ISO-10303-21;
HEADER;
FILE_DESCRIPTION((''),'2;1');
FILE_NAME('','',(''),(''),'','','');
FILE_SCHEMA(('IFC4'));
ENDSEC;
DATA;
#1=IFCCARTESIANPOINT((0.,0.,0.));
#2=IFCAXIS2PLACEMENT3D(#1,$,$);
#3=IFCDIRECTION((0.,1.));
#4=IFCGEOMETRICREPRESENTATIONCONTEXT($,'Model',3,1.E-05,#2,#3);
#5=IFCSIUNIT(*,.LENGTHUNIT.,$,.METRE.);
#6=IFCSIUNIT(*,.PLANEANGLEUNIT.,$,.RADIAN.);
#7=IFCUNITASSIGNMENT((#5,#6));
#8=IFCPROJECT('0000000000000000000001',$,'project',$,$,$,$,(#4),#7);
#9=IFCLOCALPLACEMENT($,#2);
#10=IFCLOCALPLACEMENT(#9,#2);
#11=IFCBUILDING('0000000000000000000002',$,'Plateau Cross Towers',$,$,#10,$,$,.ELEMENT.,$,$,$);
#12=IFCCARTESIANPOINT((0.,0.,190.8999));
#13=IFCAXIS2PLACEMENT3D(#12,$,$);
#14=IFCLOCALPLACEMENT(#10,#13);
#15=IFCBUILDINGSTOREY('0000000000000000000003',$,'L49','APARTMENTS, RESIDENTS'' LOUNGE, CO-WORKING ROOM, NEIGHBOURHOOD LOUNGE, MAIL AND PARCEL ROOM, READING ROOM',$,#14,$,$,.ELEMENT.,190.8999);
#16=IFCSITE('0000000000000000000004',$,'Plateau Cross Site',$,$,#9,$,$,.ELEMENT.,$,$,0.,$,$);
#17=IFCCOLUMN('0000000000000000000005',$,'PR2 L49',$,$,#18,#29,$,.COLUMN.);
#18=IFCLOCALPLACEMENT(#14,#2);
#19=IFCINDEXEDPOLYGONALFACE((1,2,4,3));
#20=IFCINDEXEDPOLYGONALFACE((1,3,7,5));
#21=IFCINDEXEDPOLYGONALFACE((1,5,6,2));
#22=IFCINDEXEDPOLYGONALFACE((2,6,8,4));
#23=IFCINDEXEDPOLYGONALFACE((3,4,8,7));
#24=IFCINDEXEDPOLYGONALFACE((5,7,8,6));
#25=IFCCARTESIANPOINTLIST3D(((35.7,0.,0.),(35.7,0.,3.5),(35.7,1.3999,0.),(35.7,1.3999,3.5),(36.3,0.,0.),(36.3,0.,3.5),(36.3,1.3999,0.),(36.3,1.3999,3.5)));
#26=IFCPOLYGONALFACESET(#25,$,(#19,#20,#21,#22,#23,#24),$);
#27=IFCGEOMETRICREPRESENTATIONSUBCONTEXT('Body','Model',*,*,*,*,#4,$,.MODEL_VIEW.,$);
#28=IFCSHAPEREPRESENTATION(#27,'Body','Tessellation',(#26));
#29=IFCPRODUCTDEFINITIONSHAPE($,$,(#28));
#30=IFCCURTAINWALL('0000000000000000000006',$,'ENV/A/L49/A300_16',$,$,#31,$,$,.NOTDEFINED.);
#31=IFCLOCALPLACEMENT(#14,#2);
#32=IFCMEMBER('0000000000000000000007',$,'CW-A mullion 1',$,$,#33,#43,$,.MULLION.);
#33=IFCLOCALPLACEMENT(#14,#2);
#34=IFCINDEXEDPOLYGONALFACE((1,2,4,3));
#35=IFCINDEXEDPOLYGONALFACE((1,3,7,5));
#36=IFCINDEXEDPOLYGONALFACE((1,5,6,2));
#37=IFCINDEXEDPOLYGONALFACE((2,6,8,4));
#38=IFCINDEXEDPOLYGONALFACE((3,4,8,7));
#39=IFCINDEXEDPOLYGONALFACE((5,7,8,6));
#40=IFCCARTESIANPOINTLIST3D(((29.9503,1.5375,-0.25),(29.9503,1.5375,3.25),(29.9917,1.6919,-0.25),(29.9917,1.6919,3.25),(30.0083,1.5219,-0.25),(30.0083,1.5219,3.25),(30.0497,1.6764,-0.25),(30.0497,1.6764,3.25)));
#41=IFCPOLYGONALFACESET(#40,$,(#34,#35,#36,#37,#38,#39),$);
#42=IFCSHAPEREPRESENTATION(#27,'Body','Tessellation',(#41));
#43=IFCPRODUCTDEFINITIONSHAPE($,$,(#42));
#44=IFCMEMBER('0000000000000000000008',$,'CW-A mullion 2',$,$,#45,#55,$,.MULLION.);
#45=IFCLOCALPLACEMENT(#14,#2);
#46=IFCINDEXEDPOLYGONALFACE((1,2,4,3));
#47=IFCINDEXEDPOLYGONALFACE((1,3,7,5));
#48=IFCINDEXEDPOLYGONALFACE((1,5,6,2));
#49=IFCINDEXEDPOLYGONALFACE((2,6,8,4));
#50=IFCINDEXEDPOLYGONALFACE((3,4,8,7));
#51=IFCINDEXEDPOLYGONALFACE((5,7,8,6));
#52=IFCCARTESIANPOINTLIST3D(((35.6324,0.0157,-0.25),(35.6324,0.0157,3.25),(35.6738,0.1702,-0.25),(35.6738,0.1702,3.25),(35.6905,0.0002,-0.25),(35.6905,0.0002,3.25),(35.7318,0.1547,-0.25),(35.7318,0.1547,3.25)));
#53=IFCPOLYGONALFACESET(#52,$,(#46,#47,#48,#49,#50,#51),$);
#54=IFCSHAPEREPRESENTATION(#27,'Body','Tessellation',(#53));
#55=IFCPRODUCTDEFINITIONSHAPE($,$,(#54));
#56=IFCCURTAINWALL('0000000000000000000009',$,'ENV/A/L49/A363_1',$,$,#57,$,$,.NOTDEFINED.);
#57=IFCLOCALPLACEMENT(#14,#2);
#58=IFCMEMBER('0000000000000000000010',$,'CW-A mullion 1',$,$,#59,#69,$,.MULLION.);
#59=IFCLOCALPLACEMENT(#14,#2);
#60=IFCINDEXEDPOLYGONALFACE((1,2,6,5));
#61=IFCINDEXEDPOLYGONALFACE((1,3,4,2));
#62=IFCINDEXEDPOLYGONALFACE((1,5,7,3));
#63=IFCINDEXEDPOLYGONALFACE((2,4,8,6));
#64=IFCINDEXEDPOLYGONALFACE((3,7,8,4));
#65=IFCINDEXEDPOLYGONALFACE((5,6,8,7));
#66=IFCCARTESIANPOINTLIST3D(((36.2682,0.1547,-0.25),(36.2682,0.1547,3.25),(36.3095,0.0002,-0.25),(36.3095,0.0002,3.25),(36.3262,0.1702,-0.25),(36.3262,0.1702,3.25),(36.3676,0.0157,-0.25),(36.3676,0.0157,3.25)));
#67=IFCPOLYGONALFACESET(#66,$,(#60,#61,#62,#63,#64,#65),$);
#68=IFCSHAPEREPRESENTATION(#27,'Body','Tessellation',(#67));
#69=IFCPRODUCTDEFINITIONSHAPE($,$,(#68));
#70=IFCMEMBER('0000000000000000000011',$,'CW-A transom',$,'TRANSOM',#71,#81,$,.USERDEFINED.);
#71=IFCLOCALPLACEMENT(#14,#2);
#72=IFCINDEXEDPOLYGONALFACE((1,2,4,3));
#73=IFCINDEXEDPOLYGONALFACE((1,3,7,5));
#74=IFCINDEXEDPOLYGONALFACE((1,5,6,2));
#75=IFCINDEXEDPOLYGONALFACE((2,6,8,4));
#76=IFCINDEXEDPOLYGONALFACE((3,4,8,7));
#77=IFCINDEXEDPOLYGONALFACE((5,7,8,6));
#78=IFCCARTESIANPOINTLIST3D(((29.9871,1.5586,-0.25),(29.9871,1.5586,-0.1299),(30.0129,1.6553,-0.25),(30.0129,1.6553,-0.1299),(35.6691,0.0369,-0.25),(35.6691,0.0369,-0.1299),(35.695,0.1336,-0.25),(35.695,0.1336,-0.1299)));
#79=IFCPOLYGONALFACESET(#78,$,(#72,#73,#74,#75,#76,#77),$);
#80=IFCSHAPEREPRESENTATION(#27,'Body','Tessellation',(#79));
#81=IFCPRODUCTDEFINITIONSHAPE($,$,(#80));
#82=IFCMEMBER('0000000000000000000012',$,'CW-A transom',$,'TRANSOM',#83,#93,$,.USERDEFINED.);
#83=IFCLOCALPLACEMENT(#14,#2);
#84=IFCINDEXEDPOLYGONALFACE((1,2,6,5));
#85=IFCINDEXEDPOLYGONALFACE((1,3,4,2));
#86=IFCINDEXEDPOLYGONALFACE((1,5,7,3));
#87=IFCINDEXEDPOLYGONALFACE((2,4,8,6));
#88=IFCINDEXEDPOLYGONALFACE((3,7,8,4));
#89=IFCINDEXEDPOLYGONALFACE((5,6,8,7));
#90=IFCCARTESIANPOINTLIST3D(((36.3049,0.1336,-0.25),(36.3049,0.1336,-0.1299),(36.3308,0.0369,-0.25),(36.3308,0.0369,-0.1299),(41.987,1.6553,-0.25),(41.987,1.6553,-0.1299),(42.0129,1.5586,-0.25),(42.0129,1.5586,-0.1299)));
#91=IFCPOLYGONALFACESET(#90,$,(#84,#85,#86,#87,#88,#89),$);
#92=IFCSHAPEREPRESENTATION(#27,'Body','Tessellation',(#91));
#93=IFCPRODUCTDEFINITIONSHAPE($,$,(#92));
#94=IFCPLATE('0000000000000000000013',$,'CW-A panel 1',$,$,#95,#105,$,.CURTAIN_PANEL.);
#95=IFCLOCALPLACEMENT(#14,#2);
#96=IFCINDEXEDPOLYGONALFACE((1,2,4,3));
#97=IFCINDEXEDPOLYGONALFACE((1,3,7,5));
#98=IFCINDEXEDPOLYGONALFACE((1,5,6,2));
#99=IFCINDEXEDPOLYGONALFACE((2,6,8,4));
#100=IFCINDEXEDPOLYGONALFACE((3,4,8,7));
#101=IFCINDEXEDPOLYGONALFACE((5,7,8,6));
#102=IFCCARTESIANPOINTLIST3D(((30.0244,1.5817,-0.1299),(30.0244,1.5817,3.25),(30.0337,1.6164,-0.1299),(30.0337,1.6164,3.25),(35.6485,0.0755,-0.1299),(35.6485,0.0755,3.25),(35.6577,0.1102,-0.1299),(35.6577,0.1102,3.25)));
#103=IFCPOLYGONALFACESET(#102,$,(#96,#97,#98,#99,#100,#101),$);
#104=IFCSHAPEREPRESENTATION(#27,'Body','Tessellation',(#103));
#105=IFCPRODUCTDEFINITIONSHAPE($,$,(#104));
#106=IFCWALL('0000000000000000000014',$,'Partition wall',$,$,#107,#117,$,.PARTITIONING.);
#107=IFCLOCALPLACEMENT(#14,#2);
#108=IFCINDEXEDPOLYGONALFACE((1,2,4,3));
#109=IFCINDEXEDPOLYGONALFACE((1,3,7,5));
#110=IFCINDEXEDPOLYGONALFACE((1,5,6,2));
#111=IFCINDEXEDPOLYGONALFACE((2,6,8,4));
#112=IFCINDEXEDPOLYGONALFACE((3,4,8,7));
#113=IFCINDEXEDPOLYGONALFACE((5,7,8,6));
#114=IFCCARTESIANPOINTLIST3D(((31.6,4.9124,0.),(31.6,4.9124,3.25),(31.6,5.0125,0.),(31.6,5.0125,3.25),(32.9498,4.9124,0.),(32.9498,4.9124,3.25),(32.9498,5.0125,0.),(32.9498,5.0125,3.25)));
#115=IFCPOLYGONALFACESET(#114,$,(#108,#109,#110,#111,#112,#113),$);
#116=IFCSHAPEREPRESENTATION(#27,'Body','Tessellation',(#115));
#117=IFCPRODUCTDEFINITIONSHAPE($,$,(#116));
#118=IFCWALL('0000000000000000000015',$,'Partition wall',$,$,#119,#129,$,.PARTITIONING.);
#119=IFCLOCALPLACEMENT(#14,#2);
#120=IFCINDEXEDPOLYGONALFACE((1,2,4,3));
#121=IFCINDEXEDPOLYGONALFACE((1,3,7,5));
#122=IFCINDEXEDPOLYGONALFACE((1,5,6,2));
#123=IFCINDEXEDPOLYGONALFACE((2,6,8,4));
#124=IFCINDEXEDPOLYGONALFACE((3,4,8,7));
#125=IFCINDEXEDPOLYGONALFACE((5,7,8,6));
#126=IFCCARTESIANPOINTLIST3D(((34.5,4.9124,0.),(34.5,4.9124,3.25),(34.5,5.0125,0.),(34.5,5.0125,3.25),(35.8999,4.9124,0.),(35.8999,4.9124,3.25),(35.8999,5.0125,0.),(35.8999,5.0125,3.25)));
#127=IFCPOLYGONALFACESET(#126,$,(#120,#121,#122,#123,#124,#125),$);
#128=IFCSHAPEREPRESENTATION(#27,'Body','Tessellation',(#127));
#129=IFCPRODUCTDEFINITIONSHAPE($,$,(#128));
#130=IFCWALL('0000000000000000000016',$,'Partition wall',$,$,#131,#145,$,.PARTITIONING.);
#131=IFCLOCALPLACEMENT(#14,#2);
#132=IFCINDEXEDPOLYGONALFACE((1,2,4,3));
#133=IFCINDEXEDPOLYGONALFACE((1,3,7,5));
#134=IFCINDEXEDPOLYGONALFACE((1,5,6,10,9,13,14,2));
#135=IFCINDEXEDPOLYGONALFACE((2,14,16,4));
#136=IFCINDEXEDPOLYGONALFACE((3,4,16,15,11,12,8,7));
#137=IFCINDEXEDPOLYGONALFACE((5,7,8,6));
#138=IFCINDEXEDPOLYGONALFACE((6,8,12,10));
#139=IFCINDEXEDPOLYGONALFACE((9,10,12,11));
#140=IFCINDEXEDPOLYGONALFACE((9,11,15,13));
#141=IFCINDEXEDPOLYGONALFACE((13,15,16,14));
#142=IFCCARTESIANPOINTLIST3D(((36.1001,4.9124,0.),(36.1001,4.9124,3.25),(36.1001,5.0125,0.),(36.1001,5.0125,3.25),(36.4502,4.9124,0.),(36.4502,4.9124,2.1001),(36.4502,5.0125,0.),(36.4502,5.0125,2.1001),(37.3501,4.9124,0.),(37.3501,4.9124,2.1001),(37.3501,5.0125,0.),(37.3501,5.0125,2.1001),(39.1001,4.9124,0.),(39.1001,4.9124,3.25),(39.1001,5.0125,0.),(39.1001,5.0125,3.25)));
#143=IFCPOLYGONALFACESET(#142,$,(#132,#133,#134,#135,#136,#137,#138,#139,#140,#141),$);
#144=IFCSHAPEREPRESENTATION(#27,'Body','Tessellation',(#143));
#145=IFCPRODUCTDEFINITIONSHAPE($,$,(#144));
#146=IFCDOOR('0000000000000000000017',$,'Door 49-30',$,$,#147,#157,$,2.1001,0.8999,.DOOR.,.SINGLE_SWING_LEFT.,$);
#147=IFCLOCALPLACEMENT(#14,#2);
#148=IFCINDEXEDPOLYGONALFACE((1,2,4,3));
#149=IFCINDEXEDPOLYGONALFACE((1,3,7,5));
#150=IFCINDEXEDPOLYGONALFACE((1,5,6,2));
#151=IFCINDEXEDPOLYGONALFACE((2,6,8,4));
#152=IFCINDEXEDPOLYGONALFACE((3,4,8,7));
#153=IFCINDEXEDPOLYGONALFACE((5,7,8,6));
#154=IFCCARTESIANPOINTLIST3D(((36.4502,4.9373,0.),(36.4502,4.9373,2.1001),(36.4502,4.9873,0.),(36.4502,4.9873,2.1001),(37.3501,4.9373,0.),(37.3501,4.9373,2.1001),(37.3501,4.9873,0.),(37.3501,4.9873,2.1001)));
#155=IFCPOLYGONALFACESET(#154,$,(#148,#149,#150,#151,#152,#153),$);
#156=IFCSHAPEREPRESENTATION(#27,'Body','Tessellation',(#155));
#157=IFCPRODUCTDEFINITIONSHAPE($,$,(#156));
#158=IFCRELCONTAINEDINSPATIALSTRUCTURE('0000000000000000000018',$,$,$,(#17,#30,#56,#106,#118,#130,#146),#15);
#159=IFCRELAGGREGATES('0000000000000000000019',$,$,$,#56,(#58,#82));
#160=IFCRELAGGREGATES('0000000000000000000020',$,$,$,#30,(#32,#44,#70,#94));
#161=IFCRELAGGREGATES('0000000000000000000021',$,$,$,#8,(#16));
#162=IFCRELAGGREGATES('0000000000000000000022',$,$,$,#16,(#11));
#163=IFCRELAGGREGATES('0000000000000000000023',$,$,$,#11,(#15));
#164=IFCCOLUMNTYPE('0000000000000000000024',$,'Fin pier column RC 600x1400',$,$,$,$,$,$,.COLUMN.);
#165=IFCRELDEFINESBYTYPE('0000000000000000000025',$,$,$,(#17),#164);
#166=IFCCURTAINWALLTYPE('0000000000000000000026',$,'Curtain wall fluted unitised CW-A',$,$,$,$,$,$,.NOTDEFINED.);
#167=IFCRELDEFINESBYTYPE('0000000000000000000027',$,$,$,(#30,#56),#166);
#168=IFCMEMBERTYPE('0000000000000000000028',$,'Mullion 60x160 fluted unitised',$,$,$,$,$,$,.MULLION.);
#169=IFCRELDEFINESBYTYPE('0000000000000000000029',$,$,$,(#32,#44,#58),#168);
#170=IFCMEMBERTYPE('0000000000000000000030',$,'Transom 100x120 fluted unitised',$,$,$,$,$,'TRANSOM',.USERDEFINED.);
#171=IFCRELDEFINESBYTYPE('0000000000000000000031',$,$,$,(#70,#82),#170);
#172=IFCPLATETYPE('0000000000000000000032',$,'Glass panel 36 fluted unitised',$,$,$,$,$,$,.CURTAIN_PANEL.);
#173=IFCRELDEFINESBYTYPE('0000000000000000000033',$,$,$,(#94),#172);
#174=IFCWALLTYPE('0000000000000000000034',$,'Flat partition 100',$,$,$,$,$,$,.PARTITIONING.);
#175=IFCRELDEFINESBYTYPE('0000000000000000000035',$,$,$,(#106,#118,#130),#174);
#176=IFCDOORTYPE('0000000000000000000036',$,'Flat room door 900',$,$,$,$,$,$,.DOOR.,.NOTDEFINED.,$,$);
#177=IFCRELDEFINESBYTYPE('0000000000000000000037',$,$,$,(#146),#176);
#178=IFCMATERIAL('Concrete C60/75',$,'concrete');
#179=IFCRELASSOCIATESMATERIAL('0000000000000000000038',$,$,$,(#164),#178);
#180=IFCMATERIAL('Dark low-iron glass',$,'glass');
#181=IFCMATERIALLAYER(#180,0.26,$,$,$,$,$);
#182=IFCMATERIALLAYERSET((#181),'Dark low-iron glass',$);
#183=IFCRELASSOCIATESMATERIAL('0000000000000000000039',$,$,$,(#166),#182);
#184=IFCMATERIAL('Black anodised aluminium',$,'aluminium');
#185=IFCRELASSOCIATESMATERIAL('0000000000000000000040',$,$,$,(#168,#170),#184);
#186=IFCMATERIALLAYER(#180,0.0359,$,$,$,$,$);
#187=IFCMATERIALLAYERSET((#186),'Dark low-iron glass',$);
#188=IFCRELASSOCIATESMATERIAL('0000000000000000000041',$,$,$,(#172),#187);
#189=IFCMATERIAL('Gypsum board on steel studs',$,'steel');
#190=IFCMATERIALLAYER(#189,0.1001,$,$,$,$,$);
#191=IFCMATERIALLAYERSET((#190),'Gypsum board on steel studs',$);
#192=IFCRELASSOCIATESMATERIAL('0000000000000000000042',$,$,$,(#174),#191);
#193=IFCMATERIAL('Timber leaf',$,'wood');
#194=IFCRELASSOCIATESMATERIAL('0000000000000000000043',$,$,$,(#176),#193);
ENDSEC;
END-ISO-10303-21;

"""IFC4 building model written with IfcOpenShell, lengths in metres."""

from ifc_helpers import new_model, si_unit, direction, frame, frame_2d, origin, origin_2d, place, context, subcontext, project, spatial, rectangle, extrude, material, layer, layer_set, material_profile, profile_set, type_object, element, fill, aggregate, save


model = new_model("IFC4")

# Units and contexts
model_context = context("Model", 3, precision=1e-05, world=origin(), true_north=direction((0.0, 1.0)))
body_context = subcontext(model_context, "Body", "Model", "MODEL_VIEW")
ifc_project = project(units=[si_unit("LENGTHUNIT", "METRE"), si_unit("PLANEANGLEUNIT", "RADIAN")], contexts=[model_context])

# Site, building, storey
site_placement = place(None, origin())
site = spatial("IfcSite", under=ifc_project, at=site_placement, Name="Plateau Cross Site", CompositionType="ELEMENT", RefElevation=0.0)
building_placement = place(site_placement, origin())
building = spatial("IfcBuilding", under=site, at=building_placement, Name="Plateau Cross Towers", CompositionType="ELEMENT")
storey_placement = place(building_placement, frame((0.0, 0.0, 190.8999)))
storey = spatial("IfcBuildingStorey", under=building, at=storey_placement, Name="L49", Description="APARTMENTS, RESIDENTS' LOUNGE, CO-WORKING ROOM, NEIGHBOURHOOD LOUNGE, MAIL AND PARCEL ROOM, READING ROOM", CompositionType="ELEMENT", Elevation=190.8999)

# Column
ifc_material_1 = material(Name="Concrete C60/75", Category="concrete")
ifc_material_profile_1 = material_profile(ifc_material_1, rectangle(XDim=0.6001, YDim=1.3999, at=origin_2d()), Name="RC 600x1400")
ifc_profile_set_1 = profile_set([ifc_material_profile_1], Name="Concrete C60/75")
column_type = type_object("IfcColumnType", Name="Fin pier column RC 600x1400", PredefinedType="COLUMN", material=ifc_profile_set_1)
column_placement = place(storey_placement, frame((36.0, 0.7, 0.0), z_axis=(0.0, 0.0, 1.0), x_axis=(1.0, 0.0, 0.0)))
element("IfcColumn", 1, at=column_placement, inside=storey, type_object=column_type, Name="PR2 L49", PredefinedType="COLUMN", context=body_context, shape_type="SweptSolid", body=[
    extrude(rectangle(XDim=0.6001, YDim=1.3999, at=origin_2d()), origin(), (0.0, 0.0, 1.0), 3.5),
])

# Curtain wall, members
ifc_material_2 = material(Name="Dark low-iron glass", Category="glass")
ifc_layer_1 = layer(ifc_material_2, 0.26)
ifc_layer_set_1 = layer_set([ifc_layer_1], Name="Dark low-iron glass")
curtain_wall_type = type_object("IfcCurtainWallType", Name="Curtain wall fluted unitised CW-A", PredefinedType="NOTDEFINED", material=ifc_layer_set_1)
curtain_wall_1_placement = place(storey_placement, origin())
curtain_wall_1 = element("IfcCurtainWall", 2, at=curtain_wall_1_placement, inside=storey, type_object=curtain_wall_type, Name="ENV/A/L49/A300_16", PredefinedType="NOTDEFINED")
ifc_material_3 = material(Name="Black anodised aluminium", Category="aluminium")
ifc_material_profile_2 = material_profile(ifc_material_3, rectangle(XDim=0.0601, YDim=0.1599, at=origin_2d()), Name="MULLION 60x160")
ifc_profile_set_2 = profile_set([ifc_material_profile_2], Name="Black anodised aluminium")
member_type_1 = type_object("IfcMemberType", Name="Mullion 60x160 fluted unitised", PredefinedType="MULLION", material=ifc_profile_set_2)
member_1_placement = place(storey_placement, frame((30.0, 1.6069, -0.25), z_axis=(0.0, 0.0, 1.0), x_axis=(0.965958, -0.258699, 0.0)))
member_1 = element("IfcMember", 3, at=member_1_placement, type_object=member_type_1, Name="CW-A mullion 1", PredefinedType="MULLION", context=body_context, shape_type="SweptSolid", body=[
    extrude(rectangle(XDim=0.0601, YDim=0.1599, at=origin_2d()), origin(), (0.0, 0.0, 1.0), 3.5),
])
member_2_placement = place(storey_placement, frame((35.6821, 0.0852, -0.25), z_axis=(0.0, 0.0, 1.0), x_axis=(0.965958, -0.258699, 0.0)))
member_2 = element("IfcMember", 4, at=member_2_placement, type_object=member_type_1, Name="CW-A mullion 2", PredefinedType="MULLION", context=body_context, shape_type="SweptSolid", body=[
    extrude(rectangle(XDim=0.0601, YDim=0.1599, at=origin_2d()), origin(), (0.0, 0.0, 1.0), 3.5),
])

# Curtain wall, member
curtain_wall_2_placement = place(storey_placement, origin())
curtain_wall_2 = element("IfcCurtainWall", 5, at=curtain_wall_2_placement, inside=storey, type_object=curtain_wall_type, Name="ENV/A/L49/A363_1", PredefinedType="NOTDEFINED")
member_3_placement = place(storey_placement, frame((36.3179, 0.0852, -0.25), z_axis=(0.0, 0.0, 1.0), x_axis=(0.965958, 0.258699, 0.0)))
member_3 = element("IfcMember", 6, at=member_3_placement, type_object=member_type_1, Name="CW-A mullion 1", PredefinedType="MULLION", context=body_context, shape_type="SweptSolid", body=[
    extrude(rectangle(XDim=0.0601, YDim=0.1599, at=origin_2d()), origin(), (0.0, 0.0, 1.0), 3.5),
])

# Members
ifc_material_profile_3 = material_profile(ifc_material_3, rectangle(XDim=0.1001, YDim=0.1201, at=origin_2d()), Name="TRANSOM 100x120")
ifc_profile_set_3 = profile_set([ifc_material_profile_3], Name="Black anodised aluminium")
member_type_2 = type_object("IfcMemberType", Name="Transom 100x120 fluted unitised", ElementType="TRANSOM", PredefinedType="USERDEFINED", material=ifc_profile_set_3)
member_4_placement = place(storey_placement, frame((30.0, 1.6069, -0.1899), z_axis=(0.96596, -0.258693, 0.0), x_axis=(0.258693, 0.96596, 0.0)))
member_4 = element("IfcMember", 7, at=member_4_placement, type_object=member_type_2, Name="CW-A transom", ObjectType="TRANSOM", PredefinedType="USERDEFINED", context=body_context, shape_type="SweptSolid", body=[
    extrude(rectangle(XDim=0.1001, YDim=0.1201, at=origin_2d()), origin(), (0.0, 0.0, 1.0), 5.8823),
])
member_5_placement = place(storey_placement, frame((36.3179, 0.0852, -0.1899), z_axis=(0.96596, 0.258693, 0.0), x_axis=(-0.258693, 0.96596, 0.0)))
member_5 = element("IfcMember", 8, at=member_5_placement, type_object=member_type_2, Name="CW-A transom", ObjectType="TRANSOM", PredefinedType="USERDEFINED", context=body_context, shape_type="SweptSolid", body=[
    extrude(rectangle(XDim=0.1001, YDim=0.1201, at=origin_2d()), origin(), (0.0, 0.0, 1.0), 5.8823),
])
aggregate(curtain_wall_2, [member_3, member_5])

# Plate
ifc_layer_2 = layer(ifc_material_2, 0.0359)
ifc_layer_set_2 = layer_set([ifc_layer_2], Name="Dark low-iron glass")
plate_type = type_object("IfcPlateType", Name="Glass panel 36 fluted unitised", PredefinedType="CURTAIN_PANEL", material=ifc_layer_set_2)
plate_placement = place(storey_placement, frame((32.8411, 0.8459, -0.1299), z_axis=(0.0, 0.0, 1.0), x_axis=(0.965958, -0.258699, 0.0)))
plate = element("IfcPlate", 9, at=plate_placement, type_object=plate_type, Name="CW-A panel 1", PredefinedType="CURTAIN_PANEL", context=body_context, shape_type="SweptSolid", body=[
    extrude(rectangle(XDim=5.8223, YDim=0.0359, at=origin_2d()), origin(), (0.0, 0.0, 1.0), 3.3799),
])
aggregate(curtain_wall_1, [member_1, member_2, member_4, plate])

# Walls
ifc_material_4 = material(Name="Gypsum board on steel studs", Category="steel")
ifc_layer_3 = layer(ifc_material_4, 0.1001)
ifc_layer_set_3 = layer_set([ifc_layer_3], Name="Gypsum board on steel studs")
wall_type_1 = type_object("IfcWallType", Name="Flat partition 100", PredefinedType="PARTITIONING", material=ifc_layer_set_3)
wall_1_placement = place(storey_placement, frame((31.6001, 4.9624, 0.0), z_axis=(0.0, 0.0, 1.0), x_axis=(1.0, 0.0, 0.0)))
element("IfcWall", 10, at=wall_1_placement, inside=storey, type_object=wall_type_1, Name="Partition wall", PredefinedType="PARTITIONING", context=body_context, shape_type="SweptSolid", body=[
    extrude(rectangle(XDim=1.3499, YDim=0.1001, at=frame_2d((0.6748, 0.0))), origin(), (0.0, 0.0, 1.0), 3.25),
])
wall_2_placement = place(storey_placement, frame((34.5, 4.9624, 0.0), z_axis=(0.0, 0.0, 1.0), x_axis=(1.0, 0.0, 0.0)))
element("IfcWall", 11, at=wall_2_placement, inside=storey, type_object=wall_type_1, Name="Partition wall", PredefinedType="PARTITIONING", context=body_context, shape_type="SweptSolid", body=[
    extrude(rectangle(XDim=1.3999, YDim=0.1001, at=frame_2d((0.7, 0.0))), origin(), (0.0, 0.0, 1.0), 3.25),
])

# Wall, opening, door
wall_3_placement = place(storey_placement, frame((36.1001, 4.9624, 0.0), z_axis=(0.0, 0.0, 1.0), x_axis=(1.0, 0.0, 0.0)))
wall_3 = element("IfcWall", 12, at=wall_3_placement, inside=storey, type_object=wall_type_1, Name="Partition wall", PredefinedType="PARTITIONING", context=body_context, shape_type="SweptSolid", body=[
    extrude(rectangle(XDim=3.0, YDim=0.1001, at=frame_2d((1.5, 0.0))), origin(), (0.0, 0.0, 1.0), 3.25),
])
opening_1_placement = place(wall_3_placement, frame((0.3501, 0.0, 0.0)))
opening_1 = element("IfcOpeningElement", 13, at=opening_1_placement, cuts=wall_3, PredefinedType="OPENING", context=body_context, shape_type="SweptSolid", body=[
    extrude(rectangle(XDim=0.8999, YDim=2.1001, at=frame_2d((0.45, 1.05))), frame((0.0, 0.0601, 0.0), z_axis=(0.0, -1.0, 0.0), x_axis=(1.0, 0.0, 0.0)), (0.0, 0.0, 1.0), 0.1201),
])
ifc_material_5 = material(Name="Timber leaf", Category="wood")
door_type_1 = type_object("IfcDoorType", Name="Flat room door 900", OperationType="NOTDEFINED", PredefinedType="DOOR", material=ifc_material_5)
door_1_placement = place(opening_1_placement, origin())
door_1 = element("IfcDoor", 14, at=door_1_placement, inside=storey, type_object=door_type_1, Name="Door 49-30", OperationType="SINGLE_SWING_LEFT", OverallHeight=2.1001, OverallWidth=0.8999, PredefinedType="DOOR", context=body_context, shape_type="SweptSolid", body=[
    extrude(rectangle(XDim=0.8999, YDim=2.1001, at=frame_2d((0.45, 1.05))), frame((0.0, 0.0249, 0.0), z_axis=(0.0, -1.0, 0.0), x_axis=(1.0, 0.0, 0.0)), (0.0, 0.0, 1.0), 0.05),
])
fill(opening_1, door_1)

save(model, "model.ifc")
